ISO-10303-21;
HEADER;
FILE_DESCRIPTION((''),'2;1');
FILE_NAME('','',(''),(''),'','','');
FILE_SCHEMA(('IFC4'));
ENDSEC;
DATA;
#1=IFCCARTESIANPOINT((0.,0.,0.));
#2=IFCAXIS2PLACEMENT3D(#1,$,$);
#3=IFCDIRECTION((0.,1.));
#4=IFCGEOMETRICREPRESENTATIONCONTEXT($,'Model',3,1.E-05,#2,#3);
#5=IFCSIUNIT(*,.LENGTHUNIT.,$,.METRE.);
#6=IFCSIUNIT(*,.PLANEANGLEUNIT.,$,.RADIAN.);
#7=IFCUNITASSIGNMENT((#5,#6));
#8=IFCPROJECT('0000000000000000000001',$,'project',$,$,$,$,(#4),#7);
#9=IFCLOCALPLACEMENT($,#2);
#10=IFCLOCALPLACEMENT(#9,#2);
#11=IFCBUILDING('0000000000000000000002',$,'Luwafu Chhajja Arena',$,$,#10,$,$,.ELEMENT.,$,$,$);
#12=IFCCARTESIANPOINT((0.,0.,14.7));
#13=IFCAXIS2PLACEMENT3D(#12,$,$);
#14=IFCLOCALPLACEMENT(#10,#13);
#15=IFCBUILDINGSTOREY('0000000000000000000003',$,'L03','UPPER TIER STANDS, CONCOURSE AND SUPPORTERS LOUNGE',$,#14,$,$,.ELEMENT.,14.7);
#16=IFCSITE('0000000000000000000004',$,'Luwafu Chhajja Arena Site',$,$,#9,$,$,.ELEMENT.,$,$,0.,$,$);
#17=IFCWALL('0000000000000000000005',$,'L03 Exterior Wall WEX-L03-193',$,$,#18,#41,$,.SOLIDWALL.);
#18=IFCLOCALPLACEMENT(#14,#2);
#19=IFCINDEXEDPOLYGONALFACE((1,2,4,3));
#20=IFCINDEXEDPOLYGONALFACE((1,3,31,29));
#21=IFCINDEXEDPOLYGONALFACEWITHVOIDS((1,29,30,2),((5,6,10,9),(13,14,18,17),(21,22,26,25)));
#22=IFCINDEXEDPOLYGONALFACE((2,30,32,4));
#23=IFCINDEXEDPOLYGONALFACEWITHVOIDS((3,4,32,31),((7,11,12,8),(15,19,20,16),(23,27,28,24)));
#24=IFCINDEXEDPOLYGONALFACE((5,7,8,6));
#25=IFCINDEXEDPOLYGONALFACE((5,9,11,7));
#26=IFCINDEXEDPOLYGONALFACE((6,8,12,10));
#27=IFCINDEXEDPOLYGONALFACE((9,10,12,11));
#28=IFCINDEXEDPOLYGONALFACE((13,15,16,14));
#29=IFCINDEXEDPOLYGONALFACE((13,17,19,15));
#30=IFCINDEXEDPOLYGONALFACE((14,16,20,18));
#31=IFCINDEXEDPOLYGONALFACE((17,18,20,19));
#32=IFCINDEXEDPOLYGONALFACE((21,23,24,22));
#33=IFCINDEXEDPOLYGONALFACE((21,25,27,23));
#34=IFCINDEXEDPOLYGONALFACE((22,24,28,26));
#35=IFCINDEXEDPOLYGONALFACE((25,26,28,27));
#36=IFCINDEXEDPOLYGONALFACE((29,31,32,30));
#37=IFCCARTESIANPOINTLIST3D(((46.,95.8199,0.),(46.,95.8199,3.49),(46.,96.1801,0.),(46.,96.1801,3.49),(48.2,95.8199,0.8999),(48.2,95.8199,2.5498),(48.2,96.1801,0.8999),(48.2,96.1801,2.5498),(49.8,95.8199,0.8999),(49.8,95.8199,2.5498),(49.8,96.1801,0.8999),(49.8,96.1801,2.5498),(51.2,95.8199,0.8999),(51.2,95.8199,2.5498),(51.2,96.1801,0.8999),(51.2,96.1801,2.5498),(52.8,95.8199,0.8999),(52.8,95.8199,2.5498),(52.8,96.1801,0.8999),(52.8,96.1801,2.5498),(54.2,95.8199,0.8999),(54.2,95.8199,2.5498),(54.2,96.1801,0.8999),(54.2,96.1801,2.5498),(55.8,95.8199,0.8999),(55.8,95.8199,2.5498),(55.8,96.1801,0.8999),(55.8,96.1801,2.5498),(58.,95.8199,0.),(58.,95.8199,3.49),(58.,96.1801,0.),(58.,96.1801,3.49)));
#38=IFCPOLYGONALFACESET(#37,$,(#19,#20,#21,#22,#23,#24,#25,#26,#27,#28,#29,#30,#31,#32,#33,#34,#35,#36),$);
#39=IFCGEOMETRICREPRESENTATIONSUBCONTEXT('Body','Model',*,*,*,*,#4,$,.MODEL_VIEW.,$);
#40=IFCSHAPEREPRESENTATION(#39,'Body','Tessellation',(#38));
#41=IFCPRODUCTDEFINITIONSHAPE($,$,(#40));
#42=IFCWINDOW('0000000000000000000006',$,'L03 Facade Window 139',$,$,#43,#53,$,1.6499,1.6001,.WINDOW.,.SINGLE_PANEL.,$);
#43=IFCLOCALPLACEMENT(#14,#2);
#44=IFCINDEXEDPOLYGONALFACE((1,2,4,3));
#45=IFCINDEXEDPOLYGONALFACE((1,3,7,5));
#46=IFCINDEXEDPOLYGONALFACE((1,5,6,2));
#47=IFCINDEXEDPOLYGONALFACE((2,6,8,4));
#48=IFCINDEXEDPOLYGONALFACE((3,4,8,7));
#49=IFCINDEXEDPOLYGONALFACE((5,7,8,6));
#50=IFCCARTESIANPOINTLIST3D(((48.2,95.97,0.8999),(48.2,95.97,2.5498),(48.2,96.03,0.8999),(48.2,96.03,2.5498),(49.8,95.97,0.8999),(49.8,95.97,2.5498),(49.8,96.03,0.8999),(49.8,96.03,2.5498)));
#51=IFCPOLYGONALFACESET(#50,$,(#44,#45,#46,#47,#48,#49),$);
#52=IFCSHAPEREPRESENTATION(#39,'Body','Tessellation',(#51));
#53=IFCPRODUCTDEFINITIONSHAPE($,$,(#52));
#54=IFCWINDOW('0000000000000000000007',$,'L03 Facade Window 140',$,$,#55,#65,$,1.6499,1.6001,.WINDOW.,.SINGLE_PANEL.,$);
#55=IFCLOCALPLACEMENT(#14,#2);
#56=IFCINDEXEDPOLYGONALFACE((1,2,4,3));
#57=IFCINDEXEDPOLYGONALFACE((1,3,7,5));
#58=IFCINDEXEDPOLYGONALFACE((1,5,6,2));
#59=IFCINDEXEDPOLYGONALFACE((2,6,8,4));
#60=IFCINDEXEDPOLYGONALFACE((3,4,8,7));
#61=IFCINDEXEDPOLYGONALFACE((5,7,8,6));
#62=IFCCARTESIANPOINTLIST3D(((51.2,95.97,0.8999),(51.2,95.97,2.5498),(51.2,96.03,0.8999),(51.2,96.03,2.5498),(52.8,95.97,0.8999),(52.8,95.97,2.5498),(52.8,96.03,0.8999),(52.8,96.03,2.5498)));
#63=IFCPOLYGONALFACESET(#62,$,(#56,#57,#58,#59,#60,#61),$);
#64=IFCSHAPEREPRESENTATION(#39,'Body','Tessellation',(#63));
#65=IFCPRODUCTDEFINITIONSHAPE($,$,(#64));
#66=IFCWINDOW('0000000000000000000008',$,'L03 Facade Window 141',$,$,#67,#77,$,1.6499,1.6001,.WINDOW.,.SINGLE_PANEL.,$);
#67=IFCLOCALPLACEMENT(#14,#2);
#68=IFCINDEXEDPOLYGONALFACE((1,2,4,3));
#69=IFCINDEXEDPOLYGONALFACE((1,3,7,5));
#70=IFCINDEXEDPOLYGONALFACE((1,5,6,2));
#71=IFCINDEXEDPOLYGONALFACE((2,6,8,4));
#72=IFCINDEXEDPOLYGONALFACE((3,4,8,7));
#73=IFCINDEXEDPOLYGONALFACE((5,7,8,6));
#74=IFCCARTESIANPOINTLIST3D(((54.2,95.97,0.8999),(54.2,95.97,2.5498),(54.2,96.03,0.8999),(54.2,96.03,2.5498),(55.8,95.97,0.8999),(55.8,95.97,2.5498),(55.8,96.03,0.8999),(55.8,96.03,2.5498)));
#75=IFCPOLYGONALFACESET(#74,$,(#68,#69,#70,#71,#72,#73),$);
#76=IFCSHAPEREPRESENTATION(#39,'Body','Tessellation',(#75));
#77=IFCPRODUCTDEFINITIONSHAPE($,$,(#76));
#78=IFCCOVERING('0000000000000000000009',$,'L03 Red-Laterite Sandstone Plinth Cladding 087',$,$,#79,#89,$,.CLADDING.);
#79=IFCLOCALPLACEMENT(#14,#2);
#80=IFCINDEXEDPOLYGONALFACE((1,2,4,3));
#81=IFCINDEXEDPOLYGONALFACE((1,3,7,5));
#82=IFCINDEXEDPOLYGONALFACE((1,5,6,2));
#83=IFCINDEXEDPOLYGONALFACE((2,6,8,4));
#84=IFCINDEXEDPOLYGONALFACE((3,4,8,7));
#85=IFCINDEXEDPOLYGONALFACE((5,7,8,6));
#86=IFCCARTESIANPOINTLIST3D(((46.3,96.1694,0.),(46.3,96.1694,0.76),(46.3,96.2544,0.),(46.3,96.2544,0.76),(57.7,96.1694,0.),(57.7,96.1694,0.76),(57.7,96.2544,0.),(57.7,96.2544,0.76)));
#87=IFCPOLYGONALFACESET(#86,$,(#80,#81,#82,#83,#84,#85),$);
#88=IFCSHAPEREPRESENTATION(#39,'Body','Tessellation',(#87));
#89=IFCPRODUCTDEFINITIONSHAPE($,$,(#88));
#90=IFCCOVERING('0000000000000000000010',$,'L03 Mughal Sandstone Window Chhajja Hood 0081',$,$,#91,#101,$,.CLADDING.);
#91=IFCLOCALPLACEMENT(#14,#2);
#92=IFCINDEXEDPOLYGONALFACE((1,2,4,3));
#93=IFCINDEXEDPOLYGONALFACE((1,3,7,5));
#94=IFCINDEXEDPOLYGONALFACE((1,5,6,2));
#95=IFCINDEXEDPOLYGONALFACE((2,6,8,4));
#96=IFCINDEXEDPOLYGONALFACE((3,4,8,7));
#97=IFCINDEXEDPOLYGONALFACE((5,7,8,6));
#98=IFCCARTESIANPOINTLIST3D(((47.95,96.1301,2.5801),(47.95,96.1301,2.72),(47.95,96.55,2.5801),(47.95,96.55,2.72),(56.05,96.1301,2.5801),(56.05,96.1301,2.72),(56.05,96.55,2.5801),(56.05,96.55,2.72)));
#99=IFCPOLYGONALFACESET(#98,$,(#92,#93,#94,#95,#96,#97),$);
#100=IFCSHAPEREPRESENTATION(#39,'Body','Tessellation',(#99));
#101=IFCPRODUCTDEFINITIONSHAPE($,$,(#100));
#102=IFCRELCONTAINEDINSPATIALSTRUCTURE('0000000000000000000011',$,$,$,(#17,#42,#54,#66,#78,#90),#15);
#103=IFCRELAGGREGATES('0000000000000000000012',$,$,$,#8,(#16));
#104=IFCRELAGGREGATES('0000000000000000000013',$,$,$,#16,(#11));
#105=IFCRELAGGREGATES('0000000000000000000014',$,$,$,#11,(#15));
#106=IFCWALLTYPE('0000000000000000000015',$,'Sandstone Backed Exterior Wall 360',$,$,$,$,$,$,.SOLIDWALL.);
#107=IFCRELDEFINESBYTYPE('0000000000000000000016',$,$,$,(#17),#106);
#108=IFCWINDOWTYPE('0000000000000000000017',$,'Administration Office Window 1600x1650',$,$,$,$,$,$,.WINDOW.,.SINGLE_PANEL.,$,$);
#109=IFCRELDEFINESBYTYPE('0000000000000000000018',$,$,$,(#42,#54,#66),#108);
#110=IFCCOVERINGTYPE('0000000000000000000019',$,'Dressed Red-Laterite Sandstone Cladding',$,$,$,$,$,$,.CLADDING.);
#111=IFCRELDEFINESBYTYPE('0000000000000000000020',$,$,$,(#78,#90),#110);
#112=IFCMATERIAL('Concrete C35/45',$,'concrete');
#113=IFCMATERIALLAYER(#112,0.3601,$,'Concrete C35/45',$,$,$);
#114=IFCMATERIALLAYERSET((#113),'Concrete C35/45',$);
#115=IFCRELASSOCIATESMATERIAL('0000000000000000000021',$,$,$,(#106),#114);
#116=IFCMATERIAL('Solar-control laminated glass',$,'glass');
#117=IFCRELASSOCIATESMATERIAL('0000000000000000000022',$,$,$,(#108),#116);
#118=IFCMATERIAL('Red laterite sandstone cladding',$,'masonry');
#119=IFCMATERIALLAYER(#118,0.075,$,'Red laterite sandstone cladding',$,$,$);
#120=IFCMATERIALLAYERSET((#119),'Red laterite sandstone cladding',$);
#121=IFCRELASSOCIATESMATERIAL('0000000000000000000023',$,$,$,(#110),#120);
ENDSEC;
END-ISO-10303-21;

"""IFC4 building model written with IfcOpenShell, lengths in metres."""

from ifc_helpers import new_model, si_unit, direction, frame, frame_2d, origin, origin_2d, place, context, subcontext, project, spatial, rectangle, extrude, material, layer, layer_set, type_object, element, fill, save


model = new_model("IFC4")

# Units and contexts
model_context = context("Model", 3, precision=1e-05, world=origin(), true_north=direction((0.0, 1.0)))
body_context = subcontext(model_context, "Body", "Model", "MODEL_VIEW")
ifc_project = project(units=[si_unit("LENGTHUNIT", "METRE"), si_unit("PLANEANGLEUNIT", "RADIAN")], contexts=[model_context])

# Site, building, storey
site_placement = place(None, origin())
site = spatial("IfcSite", under=ifc_project, at=site_placement, Name="Luwafu Chhajja Arena Site", CompositionType="ELEMENT", RefElevation=0.0)
building_placement = place(site_placement, origin())
building = spatial("IfcBuilding", under=site, at=building_placement, Name="Luwafu Chhajja Arena", CompositionType="ELEMENT")
storey_placement = place(building_placement, frame((0.0, 0.0, 14.7)))
storey = spatial("IfcBuildingStorey", under=building, at=storey_placement, Name="L03", Description="UPPER TIER STANDS, CONCOURSE AND SUPPORTERS LOUNGE", CompositionType="ELEMENT", Elevation=14.7)

# Shared definitions
ifc_material_1 = material(Name="Concrete C35/45", Category="concrete")

# Shared definitions
ifc_material_2 = material(Name="Solar-control laminated glass", Category="glass")

# Wall, openings, windows
ifc_layer_1 = layer(ifc_material_1, 0.3601, Name="Concrete C35/45")
ifc_layer_set_1 = layer_set([ifc_layer_1], Name="Concrete C35/45")
wall_type_1 = type_object("IfcWallType", Name="Sandstone Backed Exterior Wall 360", PredefinedType="SOLIDWALL", material=ifc_layer_set_1)
wall_1_placement = place(storey_placement, frame((46.0, 96.0, 0.0), z_axis=(0.0, 0.0, 1.0), x_axis=(1.0, 0.0, 0.0)))
wall_1 = element("IfcWall", 1, at=wall_1_placement, inside=storey, type_object=wall_type_1, Name="L03 Exterior Wall WEX-L03-193", PredefinedType="SOLIDWALL", context=body_context, shape_type="SweptSolid", body=[
    extrude(rectangle(XDim=12.0, YDim=0.3601, at=frame_2d((6.0, 0.0))), origin(), (0.0, 0.0, 1.0), 3.49),
])
opening_1_placement = place(wall_1_placement, frame((2.2, 0.0, 0.8999)))
opening_1 = element("IfcOpeningElement", 2, at=opening_1_placement, cuts=wall_1, PredefinedType="OPENING", context=body_context, shape_type="SweptSolid", body=[
    extrude(rectangle(XDim=1.6001, YDim=1.6499, at=frame_2d((0.8, 0.825))), frame((0.0, 0.1899, 0.0), z_axis=(0.0, -1.0, 0.0), x_axis=(1.0, 0.0, 0.0)), (0.0, 0.0, 1.0), 0.3801),
])
opening_2_placement = place(wall_1_placement, frame((5.2, 0.0, 0.8999)))
opening_2 = element("IfcOpeningElement", 3, at=opening_2_placement, cuts=wall_1, PredefinedType="OPENING", context=body_context, shape_type="SweptSolid", body=[
    extrude(rectangle(XDim=1.6001, YDim=1.6499, at=frame_2d((0.8, 0.825))), frame((0.0, 0.1899, 0.0), z_axis=(0.0, -1.0, 0.0), x_axis=(1.0, 0.0, 0.0)), (0.0, 0.0, 1.0), 0.3801),
])
opening_3_placement = place(wall_1_placement, frame((8.2, 0.0, 0.8999)))
opening_3 = element("IfcOpeningElement", 4, at=opening_3_placement, cuts=wall_1, PredefinedType="OPENING", context=body_context, shape_type="SweptSolid", body=[
    extrude(rectangle(XDim=1.6001, YDim=1.6499, at=frame_2d((0.8, 0.825))), frame((0.0, 0.1899, 0.0), z_axis=(0.0, -1.0, 0.0), x_axis=(1.0, 0.0, 0.0)), (0.0, 0.0, 1.0), 0.3801),
])
window_type_1 = type_object("IfcWindowType", Name="Administration Office Window 1600x1650", PartitioningType="SINGLE_PANEL", PredefinedType="WINDOW", material=ifc_material_2)
window_1_placement = place(opening_1_placement, origin())
window_1 = element("IfcWindow", 5, at=window_1_placement, inside=storey, type_object=window_type_1, Name="L03 Facade Window 139", OverallHeight=1.6499, OverallWidth=1.6001, PartitioningType="SINGLE_PANEL", PredefinedType="WINDOW", context=body_context, shape_type="SweptSolid", body=[
    extrude(rectangle(XDim=1.6001, YDim=1.6499, at=frame_2d((0.8, 0.825))), frame((0.0, 0.03, 0.0), z_axis=(0.0, -1.0, 0.0), x_axis=(1.0, 0.0, 0.0)), (0.0, 0.0, 1.0), 0.0601),
])
fill(opening_1, window_1)
window_2_placement = place(opening_2_placement, origin())
window_2 = element("IfcWindow", 6, at=window_2_placement, inside=storey, type_object=window_type_1, Name="L03 Facade Window 140", OverallHeight=1.6499, OverallWidth=1.6001, PartitioningType="SINGLE_PANEL", PredefinedType="WINDOW", context=body_context, shape_type="SweptSolid", body=[
    extrude(rectangle(XDim=1.6001, YDim=1.6499, at=frame_2d((0.8, 0.825))), frame((0.0, 0.03, 0.0), z_axis=(0.0, -1.0, 0.0), x_axis=(1.0, 0.0, 0.0)), (0.0, 0.0, 1.0), 0.0601),
])
fill(opening_2, window_2)
window_3_placement = place(opening_3_placement, origin())
window_3 = element("IfcWindow", 7, at=window_3_placement, inside=storey, type_object=window_type_1, Name="L03 Facade Window 141", OverallHeight=1.6499, OverallWidth=1.6001, PartitioningType="SINGLE_PANEL", PredefinedType="WINDOW", context=body_context, shape_type="SweptSolid", body=[
    extrude(rectangle(XDim=1.6001, YDim=1.6499, at=frame_2d((0.8, 0.825))), frame((0.0, 0.03, 0.0), z_axis=(0.0, -1.0, 0.0), x_axis=(1.0, 0.0, 0.0)), (0.0, 0.0, 1.0), 0.0601),
])
fill(opening_3, window_3)

# Coverings
ifc_material_3 = material(Name="Red laterite sandstone cladding", Category="masonry")
ifc_layer_2 = layer(ifc_material_3, 0.075, Name="Red laterite sandstone cladding")
ifc_layer_set_2 = layer_set([ifc_layer_2], Name="Red laterite sandstone cladding")
covering_type = type_object("IfcCoveringType", Name="Dressed Red-Laterite Sandstone Cladding", PredefinedType="CLADDING", material=ifc_layer_set_2)
covering_1_placement = place(storey_placement, frame((52.0, 96.2119, 0.0), z_axis=(0.0, 0.0, 1.0), x_axis=(1.0, 0.0, 0.0)))
element("IfcCovering", 8, at=covering_1_placement, inside=storey, type_object=covering_type, Name="L03 Red-Laterite Sandstone Plinth Cladding 087", PredefinedType="CLADDING", context=body_context, shape_type="SweptSolid", body=[
    extrude(rectangle(XDim=11.3999, YDim=0.085, at=origin_2d()), origin(), (0.0, 0.0, 1.0), 0.76),
])
covering_2_placement = place(storey_placement, frame((52.0, 96.3401, 2.5801), z_axis=(0.0, 0.0, 1.0), x_axis=(1.0, 0.0, 0.0)))
element("IfcCovering", 9, at=covering_2_placement, inside=storey, type_object=covering_type, Name="L03 Mughal Sandstone Window Chhajja Hood 0081", PredefinedType="CLADDING", context=body_context, shape_type="SweptSolid", body=[
    extrude(rectangle(XDim=8.1001, YDim=0.4199, at=origin_2d()), origin(), (0.0, 0.0, 1.0), 0.1399),
])

save(model, "model.ifc")
